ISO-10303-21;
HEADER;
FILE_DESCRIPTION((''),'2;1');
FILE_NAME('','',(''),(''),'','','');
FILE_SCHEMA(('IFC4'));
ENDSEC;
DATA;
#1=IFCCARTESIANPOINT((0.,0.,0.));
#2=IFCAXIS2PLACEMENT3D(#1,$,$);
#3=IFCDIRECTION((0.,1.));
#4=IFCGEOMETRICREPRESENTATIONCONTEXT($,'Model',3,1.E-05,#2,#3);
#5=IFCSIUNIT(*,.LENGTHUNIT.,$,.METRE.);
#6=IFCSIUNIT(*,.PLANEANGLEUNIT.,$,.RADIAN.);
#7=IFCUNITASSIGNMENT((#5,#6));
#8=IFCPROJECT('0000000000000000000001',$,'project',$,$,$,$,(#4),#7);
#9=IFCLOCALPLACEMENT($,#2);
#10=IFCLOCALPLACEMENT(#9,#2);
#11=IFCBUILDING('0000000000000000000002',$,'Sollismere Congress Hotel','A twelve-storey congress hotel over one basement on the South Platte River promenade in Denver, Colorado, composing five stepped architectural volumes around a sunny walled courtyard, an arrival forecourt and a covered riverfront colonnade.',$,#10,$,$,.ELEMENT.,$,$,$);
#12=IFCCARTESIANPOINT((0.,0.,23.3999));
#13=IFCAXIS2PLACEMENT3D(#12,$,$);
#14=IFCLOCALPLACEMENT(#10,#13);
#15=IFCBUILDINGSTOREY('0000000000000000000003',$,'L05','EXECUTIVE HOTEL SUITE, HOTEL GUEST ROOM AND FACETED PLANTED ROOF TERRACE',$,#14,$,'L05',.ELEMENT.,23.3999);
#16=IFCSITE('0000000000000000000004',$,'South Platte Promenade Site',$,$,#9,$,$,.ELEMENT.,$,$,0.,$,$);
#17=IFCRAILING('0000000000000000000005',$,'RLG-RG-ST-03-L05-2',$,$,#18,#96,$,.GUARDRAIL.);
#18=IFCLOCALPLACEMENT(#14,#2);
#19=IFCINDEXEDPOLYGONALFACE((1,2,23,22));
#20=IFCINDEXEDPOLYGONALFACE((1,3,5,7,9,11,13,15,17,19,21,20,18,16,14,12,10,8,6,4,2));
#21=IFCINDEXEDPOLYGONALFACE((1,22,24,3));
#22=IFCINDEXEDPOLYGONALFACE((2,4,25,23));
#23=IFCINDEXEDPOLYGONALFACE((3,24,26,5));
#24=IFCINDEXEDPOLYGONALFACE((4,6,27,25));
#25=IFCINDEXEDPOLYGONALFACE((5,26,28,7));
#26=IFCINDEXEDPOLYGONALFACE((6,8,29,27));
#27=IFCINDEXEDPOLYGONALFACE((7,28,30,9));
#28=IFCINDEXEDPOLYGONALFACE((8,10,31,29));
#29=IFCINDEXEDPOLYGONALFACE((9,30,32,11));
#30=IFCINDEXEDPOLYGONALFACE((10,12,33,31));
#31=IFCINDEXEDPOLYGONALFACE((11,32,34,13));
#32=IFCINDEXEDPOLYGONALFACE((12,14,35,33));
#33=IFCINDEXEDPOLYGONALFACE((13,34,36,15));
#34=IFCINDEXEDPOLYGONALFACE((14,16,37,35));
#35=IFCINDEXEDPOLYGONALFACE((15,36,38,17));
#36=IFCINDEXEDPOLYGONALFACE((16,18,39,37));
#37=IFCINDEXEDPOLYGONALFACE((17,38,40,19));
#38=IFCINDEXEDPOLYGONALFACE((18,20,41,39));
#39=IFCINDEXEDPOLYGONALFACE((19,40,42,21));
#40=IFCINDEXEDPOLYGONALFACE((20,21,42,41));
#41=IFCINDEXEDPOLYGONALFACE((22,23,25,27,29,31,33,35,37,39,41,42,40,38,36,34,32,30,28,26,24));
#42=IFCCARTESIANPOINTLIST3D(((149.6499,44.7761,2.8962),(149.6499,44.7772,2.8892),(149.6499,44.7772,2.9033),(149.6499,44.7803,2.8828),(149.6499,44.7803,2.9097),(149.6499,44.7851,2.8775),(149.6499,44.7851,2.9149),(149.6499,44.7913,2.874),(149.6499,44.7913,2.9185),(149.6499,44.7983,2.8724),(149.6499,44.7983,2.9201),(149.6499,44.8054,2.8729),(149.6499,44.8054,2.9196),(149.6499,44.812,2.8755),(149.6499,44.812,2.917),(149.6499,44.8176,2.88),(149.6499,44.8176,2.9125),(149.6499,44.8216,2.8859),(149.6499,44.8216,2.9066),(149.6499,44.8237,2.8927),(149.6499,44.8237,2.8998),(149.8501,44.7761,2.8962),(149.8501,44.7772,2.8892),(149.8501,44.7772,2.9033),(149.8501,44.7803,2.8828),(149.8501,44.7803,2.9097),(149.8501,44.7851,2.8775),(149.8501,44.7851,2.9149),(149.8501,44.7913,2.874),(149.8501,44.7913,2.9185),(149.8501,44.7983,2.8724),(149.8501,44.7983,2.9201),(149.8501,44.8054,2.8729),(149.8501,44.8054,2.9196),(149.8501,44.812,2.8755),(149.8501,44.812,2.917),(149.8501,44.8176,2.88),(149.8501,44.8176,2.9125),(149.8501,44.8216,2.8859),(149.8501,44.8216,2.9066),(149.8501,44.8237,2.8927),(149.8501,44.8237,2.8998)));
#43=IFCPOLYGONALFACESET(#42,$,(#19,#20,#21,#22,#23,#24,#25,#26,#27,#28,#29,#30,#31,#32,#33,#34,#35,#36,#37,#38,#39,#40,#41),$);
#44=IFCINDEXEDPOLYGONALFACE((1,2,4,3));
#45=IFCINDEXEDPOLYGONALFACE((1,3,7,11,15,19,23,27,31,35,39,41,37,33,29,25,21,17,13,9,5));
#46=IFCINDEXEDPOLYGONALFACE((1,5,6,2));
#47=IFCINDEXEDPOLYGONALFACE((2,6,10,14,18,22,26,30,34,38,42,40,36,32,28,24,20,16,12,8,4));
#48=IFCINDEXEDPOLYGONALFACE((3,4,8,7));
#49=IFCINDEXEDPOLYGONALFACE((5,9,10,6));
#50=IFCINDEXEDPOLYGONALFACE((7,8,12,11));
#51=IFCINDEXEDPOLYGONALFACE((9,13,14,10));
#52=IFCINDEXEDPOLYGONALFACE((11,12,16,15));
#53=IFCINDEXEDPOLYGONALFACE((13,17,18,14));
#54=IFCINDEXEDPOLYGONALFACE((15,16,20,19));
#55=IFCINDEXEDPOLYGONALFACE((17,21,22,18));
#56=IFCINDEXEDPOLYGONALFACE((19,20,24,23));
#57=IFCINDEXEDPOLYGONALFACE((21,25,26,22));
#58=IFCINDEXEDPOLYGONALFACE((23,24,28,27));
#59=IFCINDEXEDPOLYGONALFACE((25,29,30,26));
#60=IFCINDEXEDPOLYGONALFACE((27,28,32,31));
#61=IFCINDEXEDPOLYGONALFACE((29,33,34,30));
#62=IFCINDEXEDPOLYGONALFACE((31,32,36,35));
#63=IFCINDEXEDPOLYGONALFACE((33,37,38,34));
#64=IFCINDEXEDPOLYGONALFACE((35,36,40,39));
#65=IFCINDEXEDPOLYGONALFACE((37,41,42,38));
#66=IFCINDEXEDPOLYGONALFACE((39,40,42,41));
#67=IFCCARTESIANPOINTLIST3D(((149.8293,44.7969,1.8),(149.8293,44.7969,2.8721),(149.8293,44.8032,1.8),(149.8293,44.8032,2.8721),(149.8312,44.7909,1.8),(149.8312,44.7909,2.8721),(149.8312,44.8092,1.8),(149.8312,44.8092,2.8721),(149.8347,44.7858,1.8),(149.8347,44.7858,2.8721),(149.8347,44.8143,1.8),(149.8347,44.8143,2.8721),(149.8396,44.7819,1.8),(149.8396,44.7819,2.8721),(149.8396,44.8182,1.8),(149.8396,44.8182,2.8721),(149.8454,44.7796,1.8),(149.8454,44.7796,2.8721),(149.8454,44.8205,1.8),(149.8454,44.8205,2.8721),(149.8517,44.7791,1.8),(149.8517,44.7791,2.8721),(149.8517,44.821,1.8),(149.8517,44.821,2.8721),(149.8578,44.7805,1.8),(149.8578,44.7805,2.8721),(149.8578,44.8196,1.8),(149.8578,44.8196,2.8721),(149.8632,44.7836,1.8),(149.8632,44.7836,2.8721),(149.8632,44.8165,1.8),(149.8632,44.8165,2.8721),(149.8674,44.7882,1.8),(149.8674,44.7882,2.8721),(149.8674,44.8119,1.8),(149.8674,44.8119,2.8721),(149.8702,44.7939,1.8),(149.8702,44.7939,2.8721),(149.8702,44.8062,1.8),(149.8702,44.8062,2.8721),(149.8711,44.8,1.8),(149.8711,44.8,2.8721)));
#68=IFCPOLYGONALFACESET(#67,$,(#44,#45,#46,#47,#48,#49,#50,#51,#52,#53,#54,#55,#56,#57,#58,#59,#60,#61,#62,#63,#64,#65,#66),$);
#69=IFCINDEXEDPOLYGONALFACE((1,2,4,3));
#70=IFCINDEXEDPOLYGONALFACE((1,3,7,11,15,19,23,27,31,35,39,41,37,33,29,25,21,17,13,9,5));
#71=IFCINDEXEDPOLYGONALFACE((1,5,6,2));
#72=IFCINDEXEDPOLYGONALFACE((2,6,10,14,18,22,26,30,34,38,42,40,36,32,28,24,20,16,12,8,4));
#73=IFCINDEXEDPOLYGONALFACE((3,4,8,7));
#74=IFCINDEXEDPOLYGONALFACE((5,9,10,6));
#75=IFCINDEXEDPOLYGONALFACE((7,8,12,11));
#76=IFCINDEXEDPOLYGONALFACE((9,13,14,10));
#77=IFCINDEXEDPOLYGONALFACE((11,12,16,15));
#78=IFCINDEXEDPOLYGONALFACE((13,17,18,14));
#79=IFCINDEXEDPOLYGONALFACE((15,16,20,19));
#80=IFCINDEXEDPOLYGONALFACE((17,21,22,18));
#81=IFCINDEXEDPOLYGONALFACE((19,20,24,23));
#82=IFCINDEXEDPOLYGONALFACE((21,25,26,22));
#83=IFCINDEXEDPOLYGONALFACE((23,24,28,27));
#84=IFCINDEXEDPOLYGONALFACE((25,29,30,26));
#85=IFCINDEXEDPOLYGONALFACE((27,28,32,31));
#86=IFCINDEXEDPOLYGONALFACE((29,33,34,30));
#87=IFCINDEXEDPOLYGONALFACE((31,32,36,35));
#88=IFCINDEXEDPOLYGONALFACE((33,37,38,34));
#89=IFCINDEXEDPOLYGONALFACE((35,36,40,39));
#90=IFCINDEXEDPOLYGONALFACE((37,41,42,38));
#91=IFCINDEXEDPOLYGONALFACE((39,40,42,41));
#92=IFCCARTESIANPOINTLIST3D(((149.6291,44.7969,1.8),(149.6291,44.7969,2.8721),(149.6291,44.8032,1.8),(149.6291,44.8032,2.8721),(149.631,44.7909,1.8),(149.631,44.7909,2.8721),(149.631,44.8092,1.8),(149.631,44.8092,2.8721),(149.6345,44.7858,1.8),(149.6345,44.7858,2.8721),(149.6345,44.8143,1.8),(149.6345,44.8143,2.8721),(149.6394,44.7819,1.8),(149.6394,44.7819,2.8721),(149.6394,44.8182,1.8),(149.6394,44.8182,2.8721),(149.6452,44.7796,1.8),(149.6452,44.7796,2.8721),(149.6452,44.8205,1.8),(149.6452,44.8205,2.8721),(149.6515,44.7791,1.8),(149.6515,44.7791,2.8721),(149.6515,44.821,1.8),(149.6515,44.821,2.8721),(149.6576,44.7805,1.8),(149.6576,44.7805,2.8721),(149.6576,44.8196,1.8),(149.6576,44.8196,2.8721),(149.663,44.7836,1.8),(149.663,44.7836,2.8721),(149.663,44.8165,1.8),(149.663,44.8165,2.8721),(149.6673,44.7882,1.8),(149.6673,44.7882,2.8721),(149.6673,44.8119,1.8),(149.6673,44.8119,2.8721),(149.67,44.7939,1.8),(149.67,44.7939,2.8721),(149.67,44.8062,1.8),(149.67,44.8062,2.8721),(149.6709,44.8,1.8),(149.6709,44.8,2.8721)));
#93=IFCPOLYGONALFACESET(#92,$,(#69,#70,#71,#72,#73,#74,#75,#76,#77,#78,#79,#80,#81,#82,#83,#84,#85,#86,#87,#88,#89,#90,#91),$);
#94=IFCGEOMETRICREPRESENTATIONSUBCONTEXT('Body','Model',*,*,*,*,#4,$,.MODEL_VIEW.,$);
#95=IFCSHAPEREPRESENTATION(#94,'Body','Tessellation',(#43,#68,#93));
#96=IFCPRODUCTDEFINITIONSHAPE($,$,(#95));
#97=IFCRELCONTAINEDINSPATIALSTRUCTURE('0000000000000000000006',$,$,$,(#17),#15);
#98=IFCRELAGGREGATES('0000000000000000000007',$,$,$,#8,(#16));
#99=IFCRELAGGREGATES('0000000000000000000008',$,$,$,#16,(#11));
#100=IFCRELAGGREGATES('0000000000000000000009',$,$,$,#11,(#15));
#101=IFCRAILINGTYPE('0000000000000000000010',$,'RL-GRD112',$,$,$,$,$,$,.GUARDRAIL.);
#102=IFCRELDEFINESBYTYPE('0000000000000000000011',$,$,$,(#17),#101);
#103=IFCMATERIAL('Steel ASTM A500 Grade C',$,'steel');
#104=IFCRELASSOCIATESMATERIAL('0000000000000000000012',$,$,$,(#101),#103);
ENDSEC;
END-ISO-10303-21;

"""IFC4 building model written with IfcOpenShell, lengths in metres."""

from ifc_helpers import new_model, si_unit, direction, frame, origin, origin_2d, place, context, subcontext, project, spatial, circle, extrude, material, type_object, element, save


model = new_model("IFC4")

# Units and contexts
model_context = context("Model", 3, precision=1e-05, world=origin(), true_north=direction((0.0, 1.0)))
body_context = subcontext(model_context, "Body", "Model", "MODEL_VIEW")
ifc_project = project(units=[si_unit("LENGTHUNIT", "METRE"), si_unit("PLANEANGLEUNIT", "RADIAN")], contexts=[model_context])

# Site, building, storey
site_placement = place(None, origin())
site = spatial("IfcSite", under=ifc_project, at=site_placement, Name="South Platte Promenade Site", CompositionType="ELEMENT", RefElevation=0.0)
building_placement = place(site_placement, origin())
building = spatial("IfcBuilding", under=site, at=building_placement, Name="Sollismere Congress Hotel", Description="A twelve-storey congress hotel over one basement on the South Platte River promenade in Denver, Colorado, composing five stepped architectural volumes around a sunny walled courtyard, an arrival forecourt and a covered riverfront colonnade.", CompositionType="ELEMENT")
storey_placement = place(building_placement, frame((0.0, 0.0, 23.3999)))
storey = spatial("IfcBuildingStorey", under=building, at=storey_placement, Name="L05", Description="EXECUTIVE HOTEL SUITE, HOTEL GUEST ROOM AND FACETED PLANTED ROOF TERRACE", LongName="L05", CompositionType="ELEMENT", Elevation=23.3999)

# Railing
ifc_material_1 = material(Name="Steel ASTM A500 Grade C", Category="steel")
railing_type_1 = type_object("IfcRailingType", Name="RL-GRD112", PredefinedType="GUARDRAIL", material=ifc_material_1)
railing_1_placement = place(storey_placement, frame((149.8501, 44.8, 1.8)))
element("IfcRailing", 1, at=railing_1_placement, inside=storey, type_object=railing_type_1, Name="RLG-RG-ST-03-L05-2", PredefinedType="GUARDRAIL", context=body_context, shape_type="SweptSolid", body=[
    extrude(circle(Radius=0.0239, at=origin_2d()), frame((0.0, 0.0, 1.0962), z_axis=(-1.0, 0.0, 0.0), x_axis=(0.0, -1.0, 0.0)), (0.0, 0.0, 1.0), 0.2002),
    extrude(circle(Radius=0.021, at=origin_2d()), origin(), (0.0, 0.0, 1.0), 1.072),
    extrude(circle(Radius=0.021, at=origin_2d()), frame((-0.2002, 0.0, 0.0)), (0.0, 0.0, 1.0), 1.072),
])

save(model, "model.ifc")
